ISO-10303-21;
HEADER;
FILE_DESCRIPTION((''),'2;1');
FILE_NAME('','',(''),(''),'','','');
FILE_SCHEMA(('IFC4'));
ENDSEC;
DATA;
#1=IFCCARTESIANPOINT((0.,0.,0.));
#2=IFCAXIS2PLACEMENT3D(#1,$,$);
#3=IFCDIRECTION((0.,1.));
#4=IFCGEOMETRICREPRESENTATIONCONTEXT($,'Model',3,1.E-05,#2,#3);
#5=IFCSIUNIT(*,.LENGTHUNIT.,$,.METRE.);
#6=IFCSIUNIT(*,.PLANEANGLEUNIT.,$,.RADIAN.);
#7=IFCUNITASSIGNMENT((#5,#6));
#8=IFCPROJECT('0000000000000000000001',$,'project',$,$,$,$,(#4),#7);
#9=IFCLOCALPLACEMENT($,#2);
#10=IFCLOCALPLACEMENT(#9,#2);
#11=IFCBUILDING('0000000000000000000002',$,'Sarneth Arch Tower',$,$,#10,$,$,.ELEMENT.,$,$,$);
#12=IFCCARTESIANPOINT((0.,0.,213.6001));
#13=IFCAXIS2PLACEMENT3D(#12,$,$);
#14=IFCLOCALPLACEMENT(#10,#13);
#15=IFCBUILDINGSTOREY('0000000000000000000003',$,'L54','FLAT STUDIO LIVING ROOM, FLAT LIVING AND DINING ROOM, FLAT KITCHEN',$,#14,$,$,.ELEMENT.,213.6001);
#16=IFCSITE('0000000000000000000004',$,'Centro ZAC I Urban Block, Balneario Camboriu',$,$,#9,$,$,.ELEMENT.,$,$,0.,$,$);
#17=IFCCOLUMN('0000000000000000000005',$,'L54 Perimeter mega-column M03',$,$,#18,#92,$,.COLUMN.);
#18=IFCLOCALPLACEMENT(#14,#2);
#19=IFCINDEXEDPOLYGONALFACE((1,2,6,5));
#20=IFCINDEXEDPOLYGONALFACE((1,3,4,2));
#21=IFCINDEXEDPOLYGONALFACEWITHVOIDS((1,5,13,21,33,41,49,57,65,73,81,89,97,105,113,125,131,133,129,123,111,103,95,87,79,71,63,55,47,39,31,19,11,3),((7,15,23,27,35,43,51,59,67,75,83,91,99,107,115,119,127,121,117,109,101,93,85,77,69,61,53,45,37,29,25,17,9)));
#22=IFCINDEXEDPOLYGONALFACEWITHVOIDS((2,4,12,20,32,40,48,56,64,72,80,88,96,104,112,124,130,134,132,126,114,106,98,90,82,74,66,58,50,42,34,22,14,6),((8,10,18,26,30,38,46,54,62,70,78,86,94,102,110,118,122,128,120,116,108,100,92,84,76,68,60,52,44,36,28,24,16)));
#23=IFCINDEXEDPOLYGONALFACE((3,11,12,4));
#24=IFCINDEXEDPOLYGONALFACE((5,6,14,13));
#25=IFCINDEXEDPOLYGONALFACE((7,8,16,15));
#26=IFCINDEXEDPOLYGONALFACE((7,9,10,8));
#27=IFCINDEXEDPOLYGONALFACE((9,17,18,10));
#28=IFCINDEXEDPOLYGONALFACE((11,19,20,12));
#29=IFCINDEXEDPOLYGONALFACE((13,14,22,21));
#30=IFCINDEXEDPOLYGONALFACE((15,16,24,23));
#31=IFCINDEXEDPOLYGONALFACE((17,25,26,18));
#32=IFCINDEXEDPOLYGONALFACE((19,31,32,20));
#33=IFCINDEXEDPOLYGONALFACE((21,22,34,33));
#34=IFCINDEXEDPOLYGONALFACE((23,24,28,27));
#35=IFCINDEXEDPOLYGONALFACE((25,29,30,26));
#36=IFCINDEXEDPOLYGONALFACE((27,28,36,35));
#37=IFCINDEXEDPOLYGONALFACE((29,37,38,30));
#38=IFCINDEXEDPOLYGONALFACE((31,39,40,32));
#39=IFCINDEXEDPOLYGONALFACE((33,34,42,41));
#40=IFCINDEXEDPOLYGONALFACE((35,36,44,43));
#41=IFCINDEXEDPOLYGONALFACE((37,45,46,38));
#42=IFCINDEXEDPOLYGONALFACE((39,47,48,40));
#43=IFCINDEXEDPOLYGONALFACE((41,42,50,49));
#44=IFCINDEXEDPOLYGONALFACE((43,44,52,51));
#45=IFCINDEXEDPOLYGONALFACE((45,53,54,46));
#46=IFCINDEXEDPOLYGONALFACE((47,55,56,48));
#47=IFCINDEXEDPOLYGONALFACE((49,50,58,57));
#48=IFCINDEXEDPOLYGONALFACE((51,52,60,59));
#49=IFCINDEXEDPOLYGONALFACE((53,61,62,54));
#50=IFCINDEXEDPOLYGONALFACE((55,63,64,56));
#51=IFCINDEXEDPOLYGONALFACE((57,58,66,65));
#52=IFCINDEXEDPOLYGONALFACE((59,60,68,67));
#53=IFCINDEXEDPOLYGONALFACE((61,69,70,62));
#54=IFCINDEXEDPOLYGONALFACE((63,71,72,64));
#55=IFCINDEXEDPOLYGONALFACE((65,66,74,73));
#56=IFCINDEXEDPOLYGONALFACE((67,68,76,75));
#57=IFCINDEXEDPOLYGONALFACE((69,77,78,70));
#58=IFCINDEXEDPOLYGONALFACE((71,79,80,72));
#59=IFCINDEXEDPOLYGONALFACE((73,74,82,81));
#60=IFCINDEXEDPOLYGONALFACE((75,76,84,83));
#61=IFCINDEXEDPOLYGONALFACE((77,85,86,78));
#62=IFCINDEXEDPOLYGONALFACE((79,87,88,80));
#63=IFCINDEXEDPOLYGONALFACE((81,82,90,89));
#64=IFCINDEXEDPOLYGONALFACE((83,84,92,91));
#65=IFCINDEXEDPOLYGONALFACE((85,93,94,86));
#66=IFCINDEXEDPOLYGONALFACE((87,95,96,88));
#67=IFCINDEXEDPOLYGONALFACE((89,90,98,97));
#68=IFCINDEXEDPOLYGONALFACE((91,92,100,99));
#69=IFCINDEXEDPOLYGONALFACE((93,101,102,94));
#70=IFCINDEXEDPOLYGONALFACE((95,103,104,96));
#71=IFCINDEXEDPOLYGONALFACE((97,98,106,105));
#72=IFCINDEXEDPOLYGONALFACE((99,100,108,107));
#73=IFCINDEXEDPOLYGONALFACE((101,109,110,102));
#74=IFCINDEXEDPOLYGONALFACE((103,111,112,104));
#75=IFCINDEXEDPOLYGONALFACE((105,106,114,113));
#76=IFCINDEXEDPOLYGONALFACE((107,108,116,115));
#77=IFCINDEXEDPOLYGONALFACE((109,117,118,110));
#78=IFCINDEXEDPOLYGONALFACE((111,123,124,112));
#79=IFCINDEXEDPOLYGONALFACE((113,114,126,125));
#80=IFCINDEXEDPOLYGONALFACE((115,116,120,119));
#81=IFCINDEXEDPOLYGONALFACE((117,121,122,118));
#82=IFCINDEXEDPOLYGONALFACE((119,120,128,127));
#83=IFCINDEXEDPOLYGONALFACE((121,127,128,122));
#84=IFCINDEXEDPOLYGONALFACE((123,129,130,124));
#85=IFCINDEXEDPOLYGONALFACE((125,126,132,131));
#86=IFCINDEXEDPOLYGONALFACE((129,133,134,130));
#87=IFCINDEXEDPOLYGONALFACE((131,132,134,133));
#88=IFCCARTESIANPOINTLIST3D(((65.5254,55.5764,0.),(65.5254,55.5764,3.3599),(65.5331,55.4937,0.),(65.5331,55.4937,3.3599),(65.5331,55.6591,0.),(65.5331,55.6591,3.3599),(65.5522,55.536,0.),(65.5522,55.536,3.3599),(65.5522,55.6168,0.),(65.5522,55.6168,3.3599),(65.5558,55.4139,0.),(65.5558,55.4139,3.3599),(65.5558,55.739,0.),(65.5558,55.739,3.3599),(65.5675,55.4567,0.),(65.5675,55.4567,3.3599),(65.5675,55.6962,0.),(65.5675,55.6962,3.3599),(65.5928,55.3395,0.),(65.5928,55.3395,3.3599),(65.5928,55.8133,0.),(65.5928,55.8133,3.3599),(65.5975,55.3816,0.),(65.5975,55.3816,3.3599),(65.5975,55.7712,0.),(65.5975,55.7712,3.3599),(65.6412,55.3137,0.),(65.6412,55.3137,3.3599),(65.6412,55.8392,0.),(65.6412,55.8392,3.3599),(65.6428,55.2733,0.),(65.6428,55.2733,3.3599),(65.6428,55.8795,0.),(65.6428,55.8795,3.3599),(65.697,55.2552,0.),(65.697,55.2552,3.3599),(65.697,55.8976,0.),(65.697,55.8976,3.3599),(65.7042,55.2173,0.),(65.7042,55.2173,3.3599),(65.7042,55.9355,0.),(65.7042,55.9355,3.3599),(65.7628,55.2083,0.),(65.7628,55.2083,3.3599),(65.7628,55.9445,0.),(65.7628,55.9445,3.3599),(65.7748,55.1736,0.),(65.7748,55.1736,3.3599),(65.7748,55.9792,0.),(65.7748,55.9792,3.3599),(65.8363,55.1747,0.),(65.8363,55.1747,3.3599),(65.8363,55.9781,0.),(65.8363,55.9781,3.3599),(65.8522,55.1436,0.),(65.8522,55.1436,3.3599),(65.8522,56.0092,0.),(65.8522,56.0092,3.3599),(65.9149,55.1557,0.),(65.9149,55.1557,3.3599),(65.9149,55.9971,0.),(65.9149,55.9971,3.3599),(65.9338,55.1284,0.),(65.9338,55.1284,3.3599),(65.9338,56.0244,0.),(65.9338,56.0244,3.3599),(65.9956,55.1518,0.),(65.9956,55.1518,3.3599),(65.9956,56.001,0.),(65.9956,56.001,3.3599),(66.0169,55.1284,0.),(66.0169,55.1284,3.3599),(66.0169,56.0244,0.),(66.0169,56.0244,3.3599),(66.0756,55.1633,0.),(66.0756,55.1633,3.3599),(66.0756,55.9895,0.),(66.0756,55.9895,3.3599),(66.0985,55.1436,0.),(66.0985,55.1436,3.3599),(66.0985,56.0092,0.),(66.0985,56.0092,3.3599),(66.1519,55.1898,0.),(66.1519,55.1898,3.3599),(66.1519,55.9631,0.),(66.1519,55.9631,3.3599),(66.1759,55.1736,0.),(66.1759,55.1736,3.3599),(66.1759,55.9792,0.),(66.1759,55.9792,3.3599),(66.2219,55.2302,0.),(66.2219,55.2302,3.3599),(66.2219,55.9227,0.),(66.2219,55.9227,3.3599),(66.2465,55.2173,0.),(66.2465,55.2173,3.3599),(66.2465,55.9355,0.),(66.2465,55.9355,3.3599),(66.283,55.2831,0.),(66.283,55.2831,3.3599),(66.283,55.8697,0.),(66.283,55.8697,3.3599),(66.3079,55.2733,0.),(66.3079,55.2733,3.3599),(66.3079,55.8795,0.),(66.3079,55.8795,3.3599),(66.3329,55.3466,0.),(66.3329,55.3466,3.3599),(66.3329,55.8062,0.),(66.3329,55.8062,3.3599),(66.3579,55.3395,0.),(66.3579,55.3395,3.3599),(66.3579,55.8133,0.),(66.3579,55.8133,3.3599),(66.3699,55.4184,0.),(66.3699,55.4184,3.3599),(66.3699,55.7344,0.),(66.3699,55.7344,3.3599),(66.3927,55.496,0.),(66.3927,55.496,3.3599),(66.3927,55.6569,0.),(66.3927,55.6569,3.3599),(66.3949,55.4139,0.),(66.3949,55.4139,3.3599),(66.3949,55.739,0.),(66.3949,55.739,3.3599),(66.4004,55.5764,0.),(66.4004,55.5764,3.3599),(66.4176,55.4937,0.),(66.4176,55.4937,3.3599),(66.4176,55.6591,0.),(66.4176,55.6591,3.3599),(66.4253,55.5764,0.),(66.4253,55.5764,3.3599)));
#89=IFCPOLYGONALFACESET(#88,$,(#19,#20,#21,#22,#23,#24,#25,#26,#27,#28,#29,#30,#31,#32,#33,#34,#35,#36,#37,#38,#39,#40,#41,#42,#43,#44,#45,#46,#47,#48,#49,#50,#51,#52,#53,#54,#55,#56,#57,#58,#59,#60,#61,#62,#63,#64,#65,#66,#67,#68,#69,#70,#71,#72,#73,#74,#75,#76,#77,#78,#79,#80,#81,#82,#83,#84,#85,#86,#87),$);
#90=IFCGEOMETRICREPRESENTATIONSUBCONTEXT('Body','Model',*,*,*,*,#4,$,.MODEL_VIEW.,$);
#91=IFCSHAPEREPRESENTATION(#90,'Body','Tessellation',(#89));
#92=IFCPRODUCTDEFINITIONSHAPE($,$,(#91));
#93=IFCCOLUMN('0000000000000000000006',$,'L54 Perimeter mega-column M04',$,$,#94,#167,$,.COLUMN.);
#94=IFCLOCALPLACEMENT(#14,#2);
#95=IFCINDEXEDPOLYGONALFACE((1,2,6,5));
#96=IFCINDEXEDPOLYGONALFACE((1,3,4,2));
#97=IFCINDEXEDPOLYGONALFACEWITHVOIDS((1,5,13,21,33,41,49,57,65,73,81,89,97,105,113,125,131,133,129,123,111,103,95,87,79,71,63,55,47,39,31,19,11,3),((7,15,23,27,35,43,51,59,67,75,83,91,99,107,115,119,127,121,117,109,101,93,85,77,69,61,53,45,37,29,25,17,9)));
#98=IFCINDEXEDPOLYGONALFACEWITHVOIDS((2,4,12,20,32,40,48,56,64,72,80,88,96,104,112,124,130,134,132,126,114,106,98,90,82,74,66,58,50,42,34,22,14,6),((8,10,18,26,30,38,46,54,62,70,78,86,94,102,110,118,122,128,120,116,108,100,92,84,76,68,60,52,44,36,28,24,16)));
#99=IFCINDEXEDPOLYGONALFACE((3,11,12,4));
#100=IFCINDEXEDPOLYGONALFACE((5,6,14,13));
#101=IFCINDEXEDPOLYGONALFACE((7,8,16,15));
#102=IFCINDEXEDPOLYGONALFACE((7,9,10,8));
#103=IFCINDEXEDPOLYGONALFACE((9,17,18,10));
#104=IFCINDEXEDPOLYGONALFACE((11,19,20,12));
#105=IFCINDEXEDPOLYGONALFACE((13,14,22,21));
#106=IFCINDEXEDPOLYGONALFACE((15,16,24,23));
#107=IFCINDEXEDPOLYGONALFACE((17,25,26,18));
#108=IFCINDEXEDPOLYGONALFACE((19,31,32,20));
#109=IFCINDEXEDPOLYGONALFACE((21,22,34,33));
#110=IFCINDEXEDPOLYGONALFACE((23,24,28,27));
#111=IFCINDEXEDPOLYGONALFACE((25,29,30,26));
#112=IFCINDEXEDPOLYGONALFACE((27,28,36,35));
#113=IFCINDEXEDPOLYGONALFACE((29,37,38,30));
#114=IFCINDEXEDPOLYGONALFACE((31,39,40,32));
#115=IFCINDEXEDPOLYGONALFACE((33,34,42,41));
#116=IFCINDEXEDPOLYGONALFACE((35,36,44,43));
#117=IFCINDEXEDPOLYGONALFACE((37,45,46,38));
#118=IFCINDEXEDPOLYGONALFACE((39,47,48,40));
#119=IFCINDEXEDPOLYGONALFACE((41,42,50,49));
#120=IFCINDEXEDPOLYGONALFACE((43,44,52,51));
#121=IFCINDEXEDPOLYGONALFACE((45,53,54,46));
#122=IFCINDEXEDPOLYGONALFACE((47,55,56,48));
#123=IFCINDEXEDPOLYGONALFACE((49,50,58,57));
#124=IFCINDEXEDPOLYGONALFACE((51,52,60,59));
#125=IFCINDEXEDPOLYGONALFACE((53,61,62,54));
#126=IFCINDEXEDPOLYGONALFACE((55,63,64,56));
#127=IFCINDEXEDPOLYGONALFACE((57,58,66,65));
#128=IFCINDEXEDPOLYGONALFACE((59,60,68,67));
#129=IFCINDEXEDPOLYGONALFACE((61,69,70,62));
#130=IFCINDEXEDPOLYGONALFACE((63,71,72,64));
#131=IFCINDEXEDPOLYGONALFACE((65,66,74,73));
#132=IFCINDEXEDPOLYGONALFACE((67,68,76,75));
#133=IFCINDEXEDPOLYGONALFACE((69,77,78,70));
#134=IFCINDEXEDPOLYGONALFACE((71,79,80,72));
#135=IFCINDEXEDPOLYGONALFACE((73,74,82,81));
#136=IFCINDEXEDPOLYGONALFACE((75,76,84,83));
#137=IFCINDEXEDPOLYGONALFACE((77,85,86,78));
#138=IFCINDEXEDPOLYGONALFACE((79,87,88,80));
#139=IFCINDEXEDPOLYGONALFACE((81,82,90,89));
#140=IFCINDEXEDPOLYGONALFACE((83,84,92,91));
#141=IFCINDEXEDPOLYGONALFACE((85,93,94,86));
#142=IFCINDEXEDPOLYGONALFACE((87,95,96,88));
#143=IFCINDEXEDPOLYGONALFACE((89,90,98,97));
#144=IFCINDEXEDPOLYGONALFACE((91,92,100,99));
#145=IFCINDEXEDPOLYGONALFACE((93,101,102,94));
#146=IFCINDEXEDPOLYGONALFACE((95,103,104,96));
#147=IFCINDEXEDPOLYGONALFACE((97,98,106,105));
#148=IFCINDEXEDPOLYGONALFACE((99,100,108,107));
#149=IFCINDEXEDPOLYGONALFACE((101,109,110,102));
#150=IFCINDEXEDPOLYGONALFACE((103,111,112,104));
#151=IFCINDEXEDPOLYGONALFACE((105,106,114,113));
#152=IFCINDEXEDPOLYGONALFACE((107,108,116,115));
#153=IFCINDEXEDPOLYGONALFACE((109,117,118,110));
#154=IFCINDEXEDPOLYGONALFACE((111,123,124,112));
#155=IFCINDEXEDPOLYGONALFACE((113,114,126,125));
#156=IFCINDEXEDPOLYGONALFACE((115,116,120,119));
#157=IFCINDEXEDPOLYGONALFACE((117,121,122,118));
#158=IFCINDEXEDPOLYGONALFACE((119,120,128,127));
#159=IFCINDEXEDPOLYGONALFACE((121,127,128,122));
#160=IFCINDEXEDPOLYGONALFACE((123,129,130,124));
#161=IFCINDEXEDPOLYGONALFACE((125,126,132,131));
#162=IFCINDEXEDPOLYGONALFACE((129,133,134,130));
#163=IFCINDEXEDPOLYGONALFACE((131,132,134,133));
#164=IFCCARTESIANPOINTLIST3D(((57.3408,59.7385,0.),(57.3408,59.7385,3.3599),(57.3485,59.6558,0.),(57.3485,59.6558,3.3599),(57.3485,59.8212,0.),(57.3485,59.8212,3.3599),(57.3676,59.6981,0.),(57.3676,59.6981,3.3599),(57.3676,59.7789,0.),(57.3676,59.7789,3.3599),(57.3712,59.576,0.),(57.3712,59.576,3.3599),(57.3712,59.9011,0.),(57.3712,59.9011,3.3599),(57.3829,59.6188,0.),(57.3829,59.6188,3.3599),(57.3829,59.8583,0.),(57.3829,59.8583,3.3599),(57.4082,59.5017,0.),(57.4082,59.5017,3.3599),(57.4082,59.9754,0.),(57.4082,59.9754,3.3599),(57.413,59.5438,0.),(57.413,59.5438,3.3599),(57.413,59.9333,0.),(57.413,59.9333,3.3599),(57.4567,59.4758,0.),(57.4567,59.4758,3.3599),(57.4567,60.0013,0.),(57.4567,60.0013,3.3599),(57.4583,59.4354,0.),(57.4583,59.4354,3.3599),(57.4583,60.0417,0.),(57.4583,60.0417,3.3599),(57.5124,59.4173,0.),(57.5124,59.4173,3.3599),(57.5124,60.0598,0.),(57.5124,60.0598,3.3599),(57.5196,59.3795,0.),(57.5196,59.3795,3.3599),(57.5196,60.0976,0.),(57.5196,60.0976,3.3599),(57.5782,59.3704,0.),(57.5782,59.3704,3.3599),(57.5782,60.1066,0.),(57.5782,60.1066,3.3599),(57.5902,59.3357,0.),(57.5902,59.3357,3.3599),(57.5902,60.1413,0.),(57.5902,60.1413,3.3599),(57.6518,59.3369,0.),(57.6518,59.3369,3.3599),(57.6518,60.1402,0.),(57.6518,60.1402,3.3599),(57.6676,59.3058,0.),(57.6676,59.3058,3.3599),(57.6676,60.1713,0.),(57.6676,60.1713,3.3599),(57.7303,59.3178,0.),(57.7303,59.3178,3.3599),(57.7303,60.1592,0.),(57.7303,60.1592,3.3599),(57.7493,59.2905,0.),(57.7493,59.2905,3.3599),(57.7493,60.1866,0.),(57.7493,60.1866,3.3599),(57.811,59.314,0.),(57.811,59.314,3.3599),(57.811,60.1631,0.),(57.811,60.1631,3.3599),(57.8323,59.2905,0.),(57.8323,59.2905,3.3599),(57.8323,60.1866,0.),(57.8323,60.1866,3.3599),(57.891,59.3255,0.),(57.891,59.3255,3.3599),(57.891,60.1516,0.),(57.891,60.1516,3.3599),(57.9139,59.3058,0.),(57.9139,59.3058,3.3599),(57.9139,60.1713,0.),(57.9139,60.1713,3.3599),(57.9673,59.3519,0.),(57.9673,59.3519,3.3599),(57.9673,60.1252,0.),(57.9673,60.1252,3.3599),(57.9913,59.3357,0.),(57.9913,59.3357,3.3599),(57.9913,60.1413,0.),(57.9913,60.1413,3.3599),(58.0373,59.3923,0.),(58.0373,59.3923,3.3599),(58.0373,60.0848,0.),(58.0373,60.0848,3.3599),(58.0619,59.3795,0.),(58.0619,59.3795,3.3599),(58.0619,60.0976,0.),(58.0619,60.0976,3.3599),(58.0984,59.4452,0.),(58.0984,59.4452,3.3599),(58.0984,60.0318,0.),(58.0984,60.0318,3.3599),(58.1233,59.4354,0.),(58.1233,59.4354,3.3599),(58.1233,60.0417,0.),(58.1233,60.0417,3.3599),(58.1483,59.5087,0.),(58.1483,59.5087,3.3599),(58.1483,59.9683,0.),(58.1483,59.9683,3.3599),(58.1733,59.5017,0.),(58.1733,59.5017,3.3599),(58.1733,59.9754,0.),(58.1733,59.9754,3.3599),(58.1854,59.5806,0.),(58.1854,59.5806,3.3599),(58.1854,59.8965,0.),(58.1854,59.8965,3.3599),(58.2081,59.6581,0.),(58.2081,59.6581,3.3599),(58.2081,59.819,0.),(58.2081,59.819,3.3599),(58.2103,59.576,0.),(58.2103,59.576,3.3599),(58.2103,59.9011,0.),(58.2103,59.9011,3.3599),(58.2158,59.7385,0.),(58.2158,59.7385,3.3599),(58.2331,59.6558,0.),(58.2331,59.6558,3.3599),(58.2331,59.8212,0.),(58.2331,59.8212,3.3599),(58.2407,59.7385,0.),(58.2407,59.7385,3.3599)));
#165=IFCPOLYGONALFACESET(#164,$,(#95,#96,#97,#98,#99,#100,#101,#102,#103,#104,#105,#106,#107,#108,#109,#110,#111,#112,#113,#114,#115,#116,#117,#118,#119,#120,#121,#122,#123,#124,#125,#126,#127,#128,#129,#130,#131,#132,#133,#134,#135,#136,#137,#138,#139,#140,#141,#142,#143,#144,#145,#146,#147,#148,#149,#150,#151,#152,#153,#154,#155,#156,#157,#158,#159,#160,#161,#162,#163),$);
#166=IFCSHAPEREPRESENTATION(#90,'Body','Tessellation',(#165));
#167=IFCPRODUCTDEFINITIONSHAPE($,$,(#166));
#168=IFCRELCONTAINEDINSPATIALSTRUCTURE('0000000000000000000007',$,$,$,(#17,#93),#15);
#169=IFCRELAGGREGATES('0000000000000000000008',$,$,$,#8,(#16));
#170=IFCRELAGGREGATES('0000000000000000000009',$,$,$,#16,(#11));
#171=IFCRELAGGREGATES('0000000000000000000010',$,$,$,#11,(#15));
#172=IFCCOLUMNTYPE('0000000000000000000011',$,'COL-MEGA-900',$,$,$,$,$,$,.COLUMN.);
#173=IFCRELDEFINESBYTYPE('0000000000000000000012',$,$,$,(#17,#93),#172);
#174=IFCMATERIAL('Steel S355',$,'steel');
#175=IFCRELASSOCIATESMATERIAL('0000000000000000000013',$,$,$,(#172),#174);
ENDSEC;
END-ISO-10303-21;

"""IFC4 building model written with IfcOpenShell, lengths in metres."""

from ifc_helpers import new_model, si_unit, direction, frame, origin, origin_2d, place, context, subcontext, project, spatial, hollow_circle, extrude, material, material_profile, profile_set, type_object, element, save


model = new_model("IFC4")

# Units and contexts
model_context = context("Model", 3, precision=1e-05, world=origin(), true_north=direction((0.0, 1.0)))
body_context = subcontext(model_context, "Body", "Model", "MODEL_VIEW")
ifc_project = project(units=[si_unit("LENGTHUNIT", "METRE"), si_unit("PLANEANGLEUNIT", "RADIAN")], contexts=[model_context])

# Site, building, storey
site_placement = place(None, origin())
site = spatial("IfcSite", under=ifc_project, at=site_placement, Name="Centro ZAC I Urban Block, Balneario Camboriu", CompositionType="ELEMENT", RefElevation=0.0)
building_placement = place(site_placement, origin())
building = spatial("IfcBuilding", under=site, at=building_placement, Name="Sarneth Arch Tower", CompositionType="ELEMENT")
storey_placement = place(building_placement, frame((0.0, 0.0, 213.6001)))
storey = spatial("IfcBuildingStorey", under=building, at=storey_placement, Name="L54", Description="FLAT STUDIO LIVING ROOM, FLAT LIVING AND DINING ROOM, FLAT KITCHEN", CompositionType="ELEMENT", Elevation=213.6001)

# Columns
ifc_material_1 = material(Name="Steel S355", Category="steel")
ifc_material_profile_1 = material_profile(ifc_material_1, hollow_circle(Radius=0.45, WallThickness=0.0249, at=origin_2d()), Name="CHS900x25")
ifc_profile_set_1 = profile_set([ifc_material_profile_1], Name="Steel S355")
column_type = type_object("IfcColumnType", Name="COL-MEGA-900", PredefinedType="COLUMN", material=ifc_profile_set_1)
for number, where, z_axis, x_axis, name in (
    (1, (65.9753, 55.5764, 0.0), (0.0, 0.0, 1.0), (1.0, 0.0, 0.0), "L54 Perimeter mega-column M03"),
    (2, (57.7908, 59.7385, 0.0), (0.0, 0.0, 1.0), (1.0, 0.0, 0.0), "L54 Perimeter mega-column M04"),
):
    element("IfcColumn", number, at=place(storey_placement, frame(where, z_axis=z_axis, x_axis=x_axis)), inside=storey, type_object=column_type, Name=name, PredefinedType="COLUMN", context=body_context, shape_type="SweptSolid", body=[
        extrude(hollow_circle(Radius=0.45, WallThickness=0.0249, at=origin_2d()), origin(), (0.0, 0.0, 1.0), 3.3599),
    ])

save(model, "model.ifc")
